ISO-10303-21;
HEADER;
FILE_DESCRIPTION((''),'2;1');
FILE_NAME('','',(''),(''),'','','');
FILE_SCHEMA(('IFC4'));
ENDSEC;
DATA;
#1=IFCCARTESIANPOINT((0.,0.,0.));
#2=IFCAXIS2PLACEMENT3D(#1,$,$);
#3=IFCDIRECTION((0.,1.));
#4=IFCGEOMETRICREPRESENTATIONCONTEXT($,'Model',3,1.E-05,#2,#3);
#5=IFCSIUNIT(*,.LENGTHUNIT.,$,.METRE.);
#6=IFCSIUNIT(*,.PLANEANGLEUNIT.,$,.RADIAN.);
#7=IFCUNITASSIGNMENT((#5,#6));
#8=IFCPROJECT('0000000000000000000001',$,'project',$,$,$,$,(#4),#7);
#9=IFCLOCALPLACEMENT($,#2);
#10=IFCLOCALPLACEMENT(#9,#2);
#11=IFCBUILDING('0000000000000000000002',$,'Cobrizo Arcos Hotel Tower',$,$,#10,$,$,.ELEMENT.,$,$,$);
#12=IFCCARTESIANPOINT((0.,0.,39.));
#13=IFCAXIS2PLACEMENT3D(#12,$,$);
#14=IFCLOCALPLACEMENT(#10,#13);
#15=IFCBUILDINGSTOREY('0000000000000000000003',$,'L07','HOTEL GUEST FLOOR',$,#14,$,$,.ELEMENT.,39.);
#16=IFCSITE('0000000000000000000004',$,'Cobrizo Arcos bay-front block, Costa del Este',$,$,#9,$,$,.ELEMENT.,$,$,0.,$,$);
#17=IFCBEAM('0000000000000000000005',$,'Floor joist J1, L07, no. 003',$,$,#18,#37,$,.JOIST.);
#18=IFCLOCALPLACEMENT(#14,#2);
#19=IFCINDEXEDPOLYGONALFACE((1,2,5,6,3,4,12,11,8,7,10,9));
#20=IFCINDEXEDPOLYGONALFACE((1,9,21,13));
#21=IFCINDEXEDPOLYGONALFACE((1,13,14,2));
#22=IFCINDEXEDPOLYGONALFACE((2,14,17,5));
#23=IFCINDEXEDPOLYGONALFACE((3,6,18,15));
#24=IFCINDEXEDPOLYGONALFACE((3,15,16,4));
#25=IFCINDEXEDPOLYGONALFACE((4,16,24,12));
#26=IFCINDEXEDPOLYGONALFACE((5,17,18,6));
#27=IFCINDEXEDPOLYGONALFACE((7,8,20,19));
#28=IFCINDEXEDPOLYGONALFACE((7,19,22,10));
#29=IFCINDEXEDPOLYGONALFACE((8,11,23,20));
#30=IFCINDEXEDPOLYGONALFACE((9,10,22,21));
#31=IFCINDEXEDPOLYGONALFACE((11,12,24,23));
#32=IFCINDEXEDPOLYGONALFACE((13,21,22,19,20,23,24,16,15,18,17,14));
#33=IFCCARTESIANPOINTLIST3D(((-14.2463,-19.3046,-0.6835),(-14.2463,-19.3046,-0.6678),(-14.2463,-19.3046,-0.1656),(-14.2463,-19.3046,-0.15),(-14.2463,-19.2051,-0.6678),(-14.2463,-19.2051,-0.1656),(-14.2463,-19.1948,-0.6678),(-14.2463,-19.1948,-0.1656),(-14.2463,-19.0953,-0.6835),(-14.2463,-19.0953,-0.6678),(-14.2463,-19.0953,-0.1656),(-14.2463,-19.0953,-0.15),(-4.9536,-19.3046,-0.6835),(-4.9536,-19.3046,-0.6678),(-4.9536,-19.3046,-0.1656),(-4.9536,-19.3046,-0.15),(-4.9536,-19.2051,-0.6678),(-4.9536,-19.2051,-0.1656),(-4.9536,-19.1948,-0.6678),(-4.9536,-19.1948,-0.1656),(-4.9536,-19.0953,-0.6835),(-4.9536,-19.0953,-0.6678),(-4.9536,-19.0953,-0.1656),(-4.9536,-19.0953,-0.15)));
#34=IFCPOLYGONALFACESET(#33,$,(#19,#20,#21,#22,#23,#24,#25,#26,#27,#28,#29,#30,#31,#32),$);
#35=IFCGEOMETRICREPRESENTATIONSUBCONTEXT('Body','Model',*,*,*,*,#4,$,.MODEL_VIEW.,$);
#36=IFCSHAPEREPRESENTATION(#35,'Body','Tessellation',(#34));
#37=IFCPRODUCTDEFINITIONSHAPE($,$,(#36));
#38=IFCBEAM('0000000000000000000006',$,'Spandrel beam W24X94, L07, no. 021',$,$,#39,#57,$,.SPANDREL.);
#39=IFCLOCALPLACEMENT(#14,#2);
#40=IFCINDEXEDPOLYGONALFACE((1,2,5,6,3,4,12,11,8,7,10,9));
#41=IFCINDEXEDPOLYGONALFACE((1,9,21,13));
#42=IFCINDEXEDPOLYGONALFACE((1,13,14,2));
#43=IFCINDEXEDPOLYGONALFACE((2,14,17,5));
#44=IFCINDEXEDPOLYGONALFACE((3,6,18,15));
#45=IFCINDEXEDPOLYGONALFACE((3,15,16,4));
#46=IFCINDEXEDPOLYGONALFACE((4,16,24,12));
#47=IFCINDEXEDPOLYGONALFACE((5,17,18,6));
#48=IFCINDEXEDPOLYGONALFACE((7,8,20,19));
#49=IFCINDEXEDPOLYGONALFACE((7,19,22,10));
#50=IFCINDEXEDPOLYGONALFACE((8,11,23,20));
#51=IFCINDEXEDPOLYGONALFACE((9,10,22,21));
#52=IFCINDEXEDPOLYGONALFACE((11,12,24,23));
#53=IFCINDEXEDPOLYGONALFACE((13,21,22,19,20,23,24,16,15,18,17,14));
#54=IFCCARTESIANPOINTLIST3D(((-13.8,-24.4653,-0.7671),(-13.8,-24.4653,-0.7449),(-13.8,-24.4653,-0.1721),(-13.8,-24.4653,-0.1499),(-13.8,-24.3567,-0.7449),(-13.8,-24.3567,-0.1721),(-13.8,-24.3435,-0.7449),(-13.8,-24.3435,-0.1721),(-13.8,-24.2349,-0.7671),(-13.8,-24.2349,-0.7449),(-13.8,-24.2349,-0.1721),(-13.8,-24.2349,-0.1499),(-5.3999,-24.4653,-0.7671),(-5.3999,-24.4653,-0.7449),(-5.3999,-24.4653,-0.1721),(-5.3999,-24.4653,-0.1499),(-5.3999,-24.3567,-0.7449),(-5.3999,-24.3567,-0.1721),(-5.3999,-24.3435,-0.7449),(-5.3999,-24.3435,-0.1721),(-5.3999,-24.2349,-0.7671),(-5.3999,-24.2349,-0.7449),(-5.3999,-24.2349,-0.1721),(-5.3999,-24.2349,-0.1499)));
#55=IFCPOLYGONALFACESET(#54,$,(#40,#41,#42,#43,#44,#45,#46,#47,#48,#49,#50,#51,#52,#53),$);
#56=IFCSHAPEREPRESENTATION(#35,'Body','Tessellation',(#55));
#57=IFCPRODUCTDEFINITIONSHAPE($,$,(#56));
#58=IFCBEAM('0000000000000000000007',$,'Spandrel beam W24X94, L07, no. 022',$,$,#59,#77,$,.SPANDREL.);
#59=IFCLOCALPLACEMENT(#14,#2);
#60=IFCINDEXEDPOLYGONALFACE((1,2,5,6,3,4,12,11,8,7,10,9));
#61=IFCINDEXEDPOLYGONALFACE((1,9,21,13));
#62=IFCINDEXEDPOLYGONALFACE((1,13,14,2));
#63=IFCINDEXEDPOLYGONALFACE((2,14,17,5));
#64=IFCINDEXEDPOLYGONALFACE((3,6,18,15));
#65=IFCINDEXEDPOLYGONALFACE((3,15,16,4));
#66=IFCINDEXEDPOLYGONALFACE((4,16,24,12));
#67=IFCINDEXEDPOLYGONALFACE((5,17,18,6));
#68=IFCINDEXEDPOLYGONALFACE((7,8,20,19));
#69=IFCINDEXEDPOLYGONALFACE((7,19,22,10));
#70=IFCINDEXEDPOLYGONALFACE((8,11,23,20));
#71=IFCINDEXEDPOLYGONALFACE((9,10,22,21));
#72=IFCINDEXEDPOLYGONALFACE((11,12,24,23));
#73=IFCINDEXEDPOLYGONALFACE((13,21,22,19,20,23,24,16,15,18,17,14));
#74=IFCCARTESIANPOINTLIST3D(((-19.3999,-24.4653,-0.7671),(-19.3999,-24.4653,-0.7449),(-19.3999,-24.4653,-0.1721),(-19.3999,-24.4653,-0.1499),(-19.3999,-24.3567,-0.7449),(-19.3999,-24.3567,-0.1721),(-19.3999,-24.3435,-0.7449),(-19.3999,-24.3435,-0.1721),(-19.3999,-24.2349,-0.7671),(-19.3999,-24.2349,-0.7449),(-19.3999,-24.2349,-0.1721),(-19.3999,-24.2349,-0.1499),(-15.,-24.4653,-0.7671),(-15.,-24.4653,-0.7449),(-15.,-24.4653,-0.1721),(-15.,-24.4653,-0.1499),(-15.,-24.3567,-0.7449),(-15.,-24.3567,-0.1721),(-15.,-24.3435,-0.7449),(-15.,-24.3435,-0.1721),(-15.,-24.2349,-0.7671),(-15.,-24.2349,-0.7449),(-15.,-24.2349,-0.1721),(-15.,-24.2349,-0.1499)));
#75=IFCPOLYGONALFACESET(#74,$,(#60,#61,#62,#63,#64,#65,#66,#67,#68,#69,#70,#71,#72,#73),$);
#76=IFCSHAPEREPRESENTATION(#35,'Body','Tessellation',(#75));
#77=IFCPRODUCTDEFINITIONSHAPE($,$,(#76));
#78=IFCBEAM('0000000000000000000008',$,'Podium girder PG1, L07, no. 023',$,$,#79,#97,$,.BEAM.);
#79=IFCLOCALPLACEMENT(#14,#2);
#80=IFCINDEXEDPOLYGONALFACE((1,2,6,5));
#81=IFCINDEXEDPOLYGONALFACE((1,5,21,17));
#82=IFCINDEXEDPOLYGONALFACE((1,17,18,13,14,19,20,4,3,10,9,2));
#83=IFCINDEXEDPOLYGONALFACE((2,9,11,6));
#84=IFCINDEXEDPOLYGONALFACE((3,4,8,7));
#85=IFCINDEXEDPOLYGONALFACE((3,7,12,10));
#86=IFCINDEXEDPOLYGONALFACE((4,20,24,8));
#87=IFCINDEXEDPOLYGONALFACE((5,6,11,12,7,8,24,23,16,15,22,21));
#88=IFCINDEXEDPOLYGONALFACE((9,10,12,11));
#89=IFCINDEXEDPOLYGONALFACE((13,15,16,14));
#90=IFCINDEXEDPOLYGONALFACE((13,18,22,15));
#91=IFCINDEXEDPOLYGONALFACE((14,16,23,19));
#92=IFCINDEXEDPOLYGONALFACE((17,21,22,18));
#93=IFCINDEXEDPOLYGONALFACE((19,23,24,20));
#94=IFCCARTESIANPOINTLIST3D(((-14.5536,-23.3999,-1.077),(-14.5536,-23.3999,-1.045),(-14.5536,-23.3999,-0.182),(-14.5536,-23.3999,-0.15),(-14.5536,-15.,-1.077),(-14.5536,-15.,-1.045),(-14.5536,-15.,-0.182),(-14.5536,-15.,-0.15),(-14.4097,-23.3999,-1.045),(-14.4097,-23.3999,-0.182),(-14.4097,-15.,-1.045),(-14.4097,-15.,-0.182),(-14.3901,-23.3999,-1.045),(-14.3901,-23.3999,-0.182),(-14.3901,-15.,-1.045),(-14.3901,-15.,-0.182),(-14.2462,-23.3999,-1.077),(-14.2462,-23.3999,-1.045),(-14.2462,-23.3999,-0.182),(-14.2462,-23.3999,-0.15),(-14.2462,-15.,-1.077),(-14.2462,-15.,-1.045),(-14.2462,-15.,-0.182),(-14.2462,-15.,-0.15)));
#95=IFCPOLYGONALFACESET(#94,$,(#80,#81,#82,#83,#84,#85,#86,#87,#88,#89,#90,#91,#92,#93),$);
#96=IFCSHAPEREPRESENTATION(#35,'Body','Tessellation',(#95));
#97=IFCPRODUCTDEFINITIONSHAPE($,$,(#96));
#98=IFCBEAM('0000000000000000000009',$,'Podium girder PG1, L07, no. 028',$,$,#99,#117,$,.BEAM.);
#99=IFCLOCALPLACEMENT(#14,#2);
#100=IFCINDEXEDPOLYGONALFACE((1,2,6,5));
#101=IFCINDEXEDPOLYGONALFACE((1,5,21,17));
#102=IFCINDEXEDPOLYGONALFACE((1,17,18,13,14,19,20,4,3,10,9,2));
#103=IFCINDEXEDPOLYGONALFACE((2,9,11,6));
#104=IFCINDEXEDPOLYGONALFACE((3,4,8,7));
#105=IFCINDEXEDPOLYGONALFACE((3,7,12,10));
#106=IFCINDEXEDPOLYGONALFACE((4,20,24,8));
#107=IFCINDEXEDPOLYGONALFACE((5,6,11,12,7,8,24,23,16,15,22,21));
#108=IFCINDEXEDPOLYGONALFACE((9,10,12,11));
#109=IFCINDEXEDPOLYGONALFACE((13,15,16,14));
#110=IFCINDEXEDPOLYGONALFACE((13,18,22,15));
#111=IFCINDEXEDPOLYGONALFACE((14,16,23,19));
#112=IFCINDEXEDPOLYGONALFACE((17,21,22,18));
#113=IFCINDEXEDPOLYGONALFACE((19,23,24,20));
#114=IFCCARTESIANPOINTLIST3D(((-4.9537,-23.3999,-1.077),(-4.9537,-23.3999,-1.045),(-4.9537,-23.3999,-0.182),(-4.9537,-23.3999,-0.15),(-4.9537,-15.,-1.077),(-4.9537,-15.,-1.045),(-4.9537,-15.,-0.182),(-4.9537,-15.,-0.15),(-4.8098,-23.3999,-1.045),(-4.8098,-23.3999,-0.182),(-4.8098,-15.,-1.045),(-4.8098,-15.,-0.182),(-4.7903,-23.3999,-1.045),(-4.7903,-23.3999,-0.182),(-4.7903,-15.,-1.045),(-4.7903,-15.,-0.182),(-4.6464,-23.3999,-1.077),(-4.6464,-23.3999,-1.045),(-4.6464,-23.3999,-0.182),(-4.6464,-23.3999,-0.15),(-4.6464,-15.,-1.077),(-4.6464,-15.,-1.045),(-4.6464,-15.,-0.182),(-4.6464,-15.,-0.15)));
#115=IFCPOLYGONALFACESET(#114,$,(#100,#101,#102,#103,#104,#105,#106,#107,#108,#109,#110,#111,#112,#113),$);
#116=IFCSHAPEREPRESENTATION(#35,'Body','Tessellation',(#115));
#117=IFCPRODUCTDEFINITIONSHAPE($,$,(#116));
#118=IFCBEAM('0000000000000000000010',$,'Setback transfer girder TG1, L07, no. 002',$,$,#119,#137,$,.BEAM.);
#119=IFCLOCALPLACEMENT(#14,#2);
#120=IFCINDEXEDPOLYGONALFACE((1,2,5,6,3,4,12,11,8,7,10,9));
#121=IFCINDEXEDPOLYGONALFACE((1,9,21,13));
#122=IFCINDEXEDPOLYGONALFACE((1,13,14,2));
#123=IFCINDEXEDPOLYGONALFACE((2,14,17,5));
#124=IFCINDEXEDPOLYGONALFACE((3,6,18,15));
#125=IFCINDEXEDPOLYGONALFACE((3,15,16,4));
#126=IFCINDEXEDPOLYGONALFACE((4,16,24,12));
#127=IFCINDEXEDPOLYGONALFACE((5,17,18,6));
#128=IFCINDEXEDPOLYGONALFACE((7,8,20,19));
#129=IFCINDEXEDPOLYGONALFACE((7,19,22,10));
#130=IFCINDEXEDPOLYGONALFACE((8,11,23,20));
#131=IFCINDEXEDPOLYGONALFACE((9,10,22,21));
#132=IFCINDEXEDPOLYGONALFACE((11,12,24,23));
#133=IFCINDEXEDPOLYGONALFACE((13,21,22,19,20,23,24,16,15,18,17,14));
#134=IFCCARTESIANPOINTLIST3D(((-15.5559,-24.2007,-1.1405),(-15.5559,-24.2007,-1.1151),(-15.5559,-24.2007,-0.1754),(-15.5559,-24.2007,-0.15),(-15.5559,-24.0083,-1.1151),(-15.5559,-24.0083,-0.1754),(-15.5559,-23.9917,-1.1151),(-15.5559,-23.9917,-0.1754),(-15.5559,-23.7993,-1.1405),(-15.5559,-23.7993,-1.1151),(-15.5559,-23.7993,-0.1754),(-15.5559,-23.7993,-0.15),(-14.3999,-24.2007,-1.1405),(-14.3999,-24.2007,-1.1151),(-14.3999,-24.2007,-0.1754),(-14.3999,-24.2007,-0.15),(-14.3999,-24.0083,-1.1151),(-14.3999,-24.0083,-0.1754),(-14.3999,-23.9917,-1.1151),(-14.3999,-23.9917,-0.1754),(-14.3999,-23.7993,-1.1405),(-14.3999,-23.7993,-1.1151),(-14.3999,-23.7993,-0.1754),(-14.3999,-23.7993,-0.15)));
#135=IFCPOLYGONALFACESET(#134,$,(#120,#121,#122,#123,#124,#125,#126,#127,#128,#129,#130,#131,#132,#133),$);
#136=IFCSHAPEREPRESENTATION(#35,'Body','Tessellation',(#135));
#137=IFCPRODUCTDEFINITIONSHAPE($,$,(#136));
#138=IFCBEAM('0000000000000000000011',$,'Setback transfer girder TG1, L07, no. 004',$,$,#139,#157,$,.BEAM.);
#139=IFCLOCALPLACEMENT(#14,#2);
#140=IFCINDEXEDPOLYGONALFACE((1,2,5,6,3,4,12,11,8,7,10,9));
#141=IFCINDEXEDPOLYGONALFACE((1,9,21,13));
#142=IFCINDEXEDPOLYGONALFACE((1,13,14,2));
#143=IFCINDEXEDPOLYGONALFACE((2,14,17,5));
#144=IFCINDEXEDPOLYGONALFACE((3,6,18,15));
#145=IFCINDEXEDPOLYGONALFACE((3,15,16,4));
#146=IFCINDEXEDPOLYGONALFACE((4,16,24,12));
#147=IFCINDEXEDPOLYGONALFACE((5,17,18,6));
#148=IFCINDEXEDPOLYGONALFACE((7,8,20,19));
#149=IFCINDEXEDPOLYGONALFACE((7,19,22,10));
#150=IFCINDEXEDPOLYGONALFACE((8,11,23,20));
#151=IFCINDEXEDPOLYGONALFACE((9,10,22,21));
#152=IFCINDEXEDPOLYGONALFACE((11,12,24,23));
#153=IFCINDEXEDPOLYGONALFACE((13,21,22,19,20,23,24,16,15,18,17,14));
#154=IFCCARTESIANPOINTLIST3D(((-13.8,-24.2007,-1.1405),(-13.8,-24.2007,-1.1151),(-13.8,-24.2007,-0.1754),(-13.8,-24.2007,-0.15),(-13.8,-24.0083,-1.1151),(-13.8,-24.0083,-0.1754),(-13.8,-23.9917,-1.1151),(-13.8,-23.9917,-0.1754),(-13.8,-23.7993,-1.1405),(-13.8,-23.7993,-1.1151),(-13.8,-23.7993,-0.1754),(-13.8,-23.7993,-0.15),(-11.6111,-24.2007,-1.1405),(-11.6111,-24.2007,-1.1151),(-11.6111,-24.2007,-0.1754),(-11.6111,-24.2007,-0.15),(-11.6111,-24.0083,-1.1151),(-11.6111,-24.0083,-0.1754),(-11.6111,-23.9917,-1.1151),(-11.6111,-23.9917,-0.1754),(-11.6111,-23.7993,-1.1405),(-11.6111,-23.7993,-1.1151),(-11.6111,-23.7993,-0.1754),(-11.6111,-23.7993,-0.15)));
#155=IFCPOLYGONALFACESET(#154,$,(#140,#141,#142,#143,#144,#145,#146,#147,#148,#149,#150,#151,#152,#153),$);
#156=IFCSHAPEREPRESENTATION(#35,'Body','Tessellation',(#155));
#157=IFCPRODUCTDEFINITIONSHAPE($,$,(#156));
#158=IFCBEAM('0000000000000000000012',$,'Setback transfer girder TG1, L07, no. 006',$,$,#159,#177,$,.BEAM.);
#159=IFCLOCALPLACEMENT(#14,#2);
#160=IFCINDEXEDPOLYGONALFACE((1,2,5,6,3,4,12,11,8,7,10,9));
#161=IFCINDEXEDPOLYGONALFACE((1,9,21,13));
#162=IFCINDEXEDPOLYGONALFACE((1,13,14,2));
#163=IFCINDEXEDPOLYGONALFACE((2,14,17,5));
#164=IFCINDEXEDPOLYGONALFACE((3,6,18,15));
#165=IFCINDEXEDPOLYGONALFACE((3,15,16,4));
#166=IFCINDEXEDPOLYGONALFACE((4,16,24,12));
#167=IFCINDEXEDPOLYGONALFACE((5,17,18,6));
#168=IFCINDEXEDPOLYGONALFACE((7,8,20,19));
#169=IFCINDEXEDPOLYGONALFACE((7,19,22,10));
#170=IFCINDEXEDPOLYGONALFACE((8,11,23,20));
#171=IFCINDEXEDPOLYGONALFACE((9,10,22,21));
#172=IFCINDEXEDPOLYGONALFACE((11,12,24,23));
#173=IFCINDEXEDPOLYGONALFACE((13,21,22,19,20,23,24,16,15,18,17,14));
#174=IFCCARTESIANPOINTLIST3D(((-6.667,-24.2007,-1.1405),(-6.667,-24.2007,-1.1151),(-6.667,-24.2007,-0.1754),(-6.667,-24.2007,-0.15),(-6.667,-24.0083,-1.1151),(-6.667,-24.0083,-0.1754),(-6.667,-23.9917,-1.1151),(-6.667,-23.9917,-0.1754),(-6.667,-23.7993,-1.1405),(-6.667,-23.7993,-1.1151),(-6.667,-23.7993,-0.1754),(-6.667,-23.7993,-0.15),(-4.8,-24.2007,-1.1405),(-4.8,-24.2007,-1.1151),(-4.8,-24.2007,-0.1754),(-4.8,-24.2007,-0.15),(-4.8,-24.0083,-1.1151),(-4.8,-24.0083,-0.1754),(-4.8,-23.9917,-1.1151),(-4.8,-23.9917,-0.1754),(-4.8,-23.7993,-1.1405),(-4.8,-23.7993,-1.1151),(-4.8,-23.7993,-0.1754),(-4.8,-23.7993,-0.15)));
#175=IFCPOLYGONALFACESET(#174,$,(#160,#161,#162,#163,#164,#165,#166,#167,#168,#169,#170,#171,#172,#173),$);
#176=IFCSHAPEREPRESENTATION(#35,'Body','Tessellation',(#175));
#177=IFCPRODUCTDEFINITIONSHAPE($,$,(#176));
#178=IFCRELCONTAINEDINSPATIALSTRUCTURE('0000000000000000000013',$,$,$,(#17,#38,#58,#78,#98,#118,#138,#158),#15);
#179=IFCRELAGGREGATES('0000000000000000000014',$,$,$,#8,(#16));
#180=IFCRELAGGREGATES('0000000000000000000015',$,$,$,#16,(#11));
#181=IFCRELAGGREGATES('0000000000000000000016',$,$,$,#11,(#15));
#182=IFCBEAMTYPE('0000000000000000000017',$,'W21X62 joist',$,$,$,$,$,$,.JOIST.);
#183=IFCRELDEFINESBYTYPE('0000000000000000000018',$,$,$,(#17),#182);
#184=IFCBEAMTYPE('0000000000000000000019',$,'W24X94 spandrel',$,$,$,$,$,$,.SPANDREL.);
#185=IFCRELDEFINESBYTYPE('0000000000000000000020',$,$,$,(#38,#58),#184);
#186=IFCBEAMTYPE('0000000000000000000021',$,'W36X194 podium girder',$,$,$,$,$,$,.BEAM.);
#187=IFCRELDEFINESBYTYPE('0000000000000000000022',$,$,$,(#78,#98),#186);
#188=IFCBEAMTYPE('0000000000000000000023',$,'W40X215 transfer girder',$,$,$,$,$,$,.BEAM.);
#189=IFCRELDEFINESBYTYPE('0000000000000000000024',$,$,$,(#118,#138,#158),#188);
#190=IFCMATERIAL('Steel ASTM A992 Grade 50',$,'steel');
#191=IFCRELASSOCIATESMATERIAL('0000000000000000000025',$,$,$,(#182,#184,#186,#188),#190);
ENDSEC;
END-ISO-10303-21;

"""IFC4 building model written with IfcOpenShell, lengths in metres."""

from ifc_helpers import new_model, si_unit, direction, frame, origin, origin_2d, place, context, subcontext, project, spatial, i_section, extrude, material, material_profile, profile_set, type_object, element, save


model = new_model("IFC4")

# Units and contexts
model_context = context("Model", 3, precision=1e-05, world=origin(), true_north=direction((0.0, 1.0)))
body_context = subcontext(model_context, "Body", "Model", "MODEL_VIEW")
ifc_project = project(units=[si_unit("LENGTHUNIT", "METRE"), si_unit("PLANEANGLEUNIT", "RADIAN")], contexts=[model_context])

# Site, building, storey
site_placement = place(None, origin())
site = spatial("IfcSite", under=ifc_project, at=site_placement, Name="Cobrizo Arcos bay-front block, Costa del Este", CompositionType="ELEMENT", RefElevation=0.0)
building_placement = place(site_placement, origin())
building = spatial("IfcBuilding", under=site, at=building_placement, Name="Cobrizo Arcos Hotel Tower", CompositionType="ELEMENT")
storey_placement = place(building_placement, frame((0.0, 0.0, 39.0)))
storey = spatial("IfcBuildingStorey", under=building, at=storey_placement, Name="L07", Description="HOTEL GUEST FLOOR", CompositionType="ELEMENT", Elevation=39.0)

# Beams
ifc_material_1 = material(Name="Steel ASTM A992 Grade 50", Category="steel")
ifc_material_profile_1 = material_profile(ifc_material_1, i_section(OverallWidth=0.2092, OverallDepth=0.5334, WebThickness=0.0103, FlangeThickness=0.0156, at=origin_2d()), Name="W21X62")
ifc_profile_set_1 = profile_set([ifc_material_profile_1], Name="Steel ASTM A992 Grade 50")
beam_type_1 = type_object("IfcBeamType", Name="W21X62 joist", PredefinedType="JOIST", material=ifc_profile_set_1)
beam_1_placement = place(storey_placement, frame((-14.2463, -19.2, -0.4167), z_axis=(1.0, 0.0, 0.0), x_axis=(0.0, 1.0, 0.0)))
element("IfcBeam", 1, at=beam_1_placement, inside=storey, type_object=beam_type_1, Name="Floor joist J1, L07, no. 003", PredefinedType="JOIST", context=body_context, shape_type="SweptSolid", body=[
    extrude(i_section(OverallWidth=0.2092, OverallDepth=0.5334, WebThickness=0.0103, FlangeThickness=0.0156, at=origin_2d()), origin(), (0.0, 0.0, 1.0), 9.2927),
])
ifc_material_profile_2 = material_profile(ifc_material_1, i_section(OverallWidth=0.2305, OverallDepth=0.6172, WebThickness=0.0132, FlangeThickness=0.0222, at=origin_2d()), Name="W24X94")
ifc_profile_set_2 = profile_set([ifc_material_profile_2], Name="Steel ASTM A992 Grade 50")
beam_type_2 = type_object("IfcBeamType", Name="W24X94 spandrel", PredefinedType="SPANDREL", material=ifc_profile_set_2)
beam_2_placement = place(storey_placement, frame((-5.3999, -24.3501, -0.4585), z_axis=(-1.0, 0.0, 0.0), x_axis=(0.0, -1.0, 0.0)))
element("IfcBeam", 2, at=beam_2_placement, inside=storey, type_object=beam_type_2, Name="Spandrel beam W24X94, L07, no. 021", PredefinedType="SPANDREL", context=body_context, shape_type="SweptSolid", body=[
    extrude(i_section(OverallWidth=0.2305, OverallDepth=0.6172, WebThickness=0.0132, FlangeThickness=0.0222, at=origin_2d()), origin(), (0.0, 0.0, 1.0), 8.4001),
])
beam_3_placement = place(storey_placement, frame((-15.0, -24.3501, -0.4585), z_axis=(-1.0, 0.0, 0.0), x_axis=(0.0, -1.0, 0.0)))
element("IfcBeam", 3, at=beam_3_placement, inside=storey, type_object=beam_type_2, Name="Spandrel beam W24X94, L07, no. 022", PredefinedType="SPANDREL", context=body_context, shape_type="SweptSolid", body=[
    extrude(i_section(OverallWidth=0.2305, OverallDepth=0.6172, WebThickness=0.0132, FlangeThickness=0.0222, at=origin_2d()), origin(), (0.0, 0.0, 1.0), 4.3999),
])
ifc_material_profile_3 = material_profile(ifc_material_1, i_section(OverallWidth=0.3074, OverallDepth=0.927, WebThickness=0.0195, FlangeThickness=0.032, at=origin_2d()), Name="W36X194")
ifc_profile_set_3 = profile_set([ifc_material_profile_3], Name="Steel ASTM A992 Grade 50")
beam_type_3 = type_object("IfcBeamType", Name="W36X194 podium girder", PredefinedType="BEAM", material=ifc_profile_set_3)
for number, where, z_axis, x_axis, name in (
    (4, (-14.3999, -23.3999, -0.6135), (0.0, 1.0, 0.0), (-1.0, 0.0, 0.0), "Podium girder PG1, L07, no. 023"),
    (5, (-4.8, -23.3999, -0.6135), (0.0, 1.0, 0.0), (-1.0, 0.0, 0.0), "Podium girder PG1, L07, no. 028"),
):
    element("IfcBeam", number, at=place(storey_placement, frame(where, z_axis=z_axis, x_axis=x_axis)), inside=storey, type_object=beam_type_3, Name=name, PredefinedType="BEAM", context=body_context, shape_type="SweptSolid", body=[
        extrude(i_section(OverallWidth=0.3074, OverallDepth=0.927, WebThickness=0.0195, FlangeThickness=0.032, at=origin_2d()), origin(), (0.0, 0.0, 1.0), 8.3999),
    ])
ifc_material_profile_4 = material_profile(ifc_material_1, i_section(OverallWidth=0.4014, OverallDepth=0.9905, WebThickness=0.0166, FlangeThickness=0.0254, at=origin_2d()), Name="W40X215")
ifc_profile_set_4 = profile_set([ifc_material_profile_4], Name="Steel ASTM A992 Grade 50")
beam_type_4 = type_object("IfcBeamType", Name="W40X215 transfer girder", PredefinedType="BEAM", material=ifc_profile_set_4)
beam_4_placement = place(storey_placement, frame((-14.3999, -24.0, -0.6453), z_axis=(-1.0, 0.0, 0.0), x_axis=(0.0, -1.0, 0.0)))
element("IfcBeam", 6, at=beam_4_placement, inside=storey, type_object=beam_type_4, Name="Setback transfer girder TG1, L07, no. 002", PredefinedType="BEAM", context=body_context, shape_type="SweptSolid", body=[
    extrude(i_section(OverallWidth=0.4014, OverallDepth=0.9905, WebThickness=0.0166, FlangeThickness=0.0254, at=origin_2d()), origin(), (0.0, 0.0, 1.0), 1.156),
])
beam_5_placement = place(storey_placement, frame((-13.8, -24.0, -0.6453), z_axis=(1.0, 0.0, 0.0), x_axis=(0.0, 1.0, 0.0)))
element("IfcBeam", 7, at=beam_5_placement, inside=storey, type_object=beam_type_4, Name="Setback transfer girder TG1, L07, no. 004", PredefinedType="BEAM", context=body_context, shape_type="SweptSolid", body=[
    extrude(i_section(OverallWidth=0.4014, OverallDepth=0.9905, WebThickness=0.0166, FlangeThickness=0.0254, at=origin_2d()), origin(), (0.0, 0.0, 1.0), 2.189),
])
beam_6_placement = place(storey_placement, frame((-4.8, -24.0, -0.6453), z_axis=(-1.0, 0.0, 0.0), x_axis=(0.0, -1.0, 0.0)))
element("IfcBeam", 8, at=beam_6_placement, inside=storey, type_object=beam_type_4, Name="Setback transfer girder TG1, L07, no. 006", PredefinedType="BEAM", context=body_context, shape_type="SweptSolid", body=[
    extrude(i_section(OverallWidth=0.4014, OverallDepth=0.9905, WebThickness=0.0166, FlangeThickness=0.0254, at=origin_2d()), origin(), (0.0, 0.0, 1.0), 1.8669),
])

save(model, "model.ifc")
